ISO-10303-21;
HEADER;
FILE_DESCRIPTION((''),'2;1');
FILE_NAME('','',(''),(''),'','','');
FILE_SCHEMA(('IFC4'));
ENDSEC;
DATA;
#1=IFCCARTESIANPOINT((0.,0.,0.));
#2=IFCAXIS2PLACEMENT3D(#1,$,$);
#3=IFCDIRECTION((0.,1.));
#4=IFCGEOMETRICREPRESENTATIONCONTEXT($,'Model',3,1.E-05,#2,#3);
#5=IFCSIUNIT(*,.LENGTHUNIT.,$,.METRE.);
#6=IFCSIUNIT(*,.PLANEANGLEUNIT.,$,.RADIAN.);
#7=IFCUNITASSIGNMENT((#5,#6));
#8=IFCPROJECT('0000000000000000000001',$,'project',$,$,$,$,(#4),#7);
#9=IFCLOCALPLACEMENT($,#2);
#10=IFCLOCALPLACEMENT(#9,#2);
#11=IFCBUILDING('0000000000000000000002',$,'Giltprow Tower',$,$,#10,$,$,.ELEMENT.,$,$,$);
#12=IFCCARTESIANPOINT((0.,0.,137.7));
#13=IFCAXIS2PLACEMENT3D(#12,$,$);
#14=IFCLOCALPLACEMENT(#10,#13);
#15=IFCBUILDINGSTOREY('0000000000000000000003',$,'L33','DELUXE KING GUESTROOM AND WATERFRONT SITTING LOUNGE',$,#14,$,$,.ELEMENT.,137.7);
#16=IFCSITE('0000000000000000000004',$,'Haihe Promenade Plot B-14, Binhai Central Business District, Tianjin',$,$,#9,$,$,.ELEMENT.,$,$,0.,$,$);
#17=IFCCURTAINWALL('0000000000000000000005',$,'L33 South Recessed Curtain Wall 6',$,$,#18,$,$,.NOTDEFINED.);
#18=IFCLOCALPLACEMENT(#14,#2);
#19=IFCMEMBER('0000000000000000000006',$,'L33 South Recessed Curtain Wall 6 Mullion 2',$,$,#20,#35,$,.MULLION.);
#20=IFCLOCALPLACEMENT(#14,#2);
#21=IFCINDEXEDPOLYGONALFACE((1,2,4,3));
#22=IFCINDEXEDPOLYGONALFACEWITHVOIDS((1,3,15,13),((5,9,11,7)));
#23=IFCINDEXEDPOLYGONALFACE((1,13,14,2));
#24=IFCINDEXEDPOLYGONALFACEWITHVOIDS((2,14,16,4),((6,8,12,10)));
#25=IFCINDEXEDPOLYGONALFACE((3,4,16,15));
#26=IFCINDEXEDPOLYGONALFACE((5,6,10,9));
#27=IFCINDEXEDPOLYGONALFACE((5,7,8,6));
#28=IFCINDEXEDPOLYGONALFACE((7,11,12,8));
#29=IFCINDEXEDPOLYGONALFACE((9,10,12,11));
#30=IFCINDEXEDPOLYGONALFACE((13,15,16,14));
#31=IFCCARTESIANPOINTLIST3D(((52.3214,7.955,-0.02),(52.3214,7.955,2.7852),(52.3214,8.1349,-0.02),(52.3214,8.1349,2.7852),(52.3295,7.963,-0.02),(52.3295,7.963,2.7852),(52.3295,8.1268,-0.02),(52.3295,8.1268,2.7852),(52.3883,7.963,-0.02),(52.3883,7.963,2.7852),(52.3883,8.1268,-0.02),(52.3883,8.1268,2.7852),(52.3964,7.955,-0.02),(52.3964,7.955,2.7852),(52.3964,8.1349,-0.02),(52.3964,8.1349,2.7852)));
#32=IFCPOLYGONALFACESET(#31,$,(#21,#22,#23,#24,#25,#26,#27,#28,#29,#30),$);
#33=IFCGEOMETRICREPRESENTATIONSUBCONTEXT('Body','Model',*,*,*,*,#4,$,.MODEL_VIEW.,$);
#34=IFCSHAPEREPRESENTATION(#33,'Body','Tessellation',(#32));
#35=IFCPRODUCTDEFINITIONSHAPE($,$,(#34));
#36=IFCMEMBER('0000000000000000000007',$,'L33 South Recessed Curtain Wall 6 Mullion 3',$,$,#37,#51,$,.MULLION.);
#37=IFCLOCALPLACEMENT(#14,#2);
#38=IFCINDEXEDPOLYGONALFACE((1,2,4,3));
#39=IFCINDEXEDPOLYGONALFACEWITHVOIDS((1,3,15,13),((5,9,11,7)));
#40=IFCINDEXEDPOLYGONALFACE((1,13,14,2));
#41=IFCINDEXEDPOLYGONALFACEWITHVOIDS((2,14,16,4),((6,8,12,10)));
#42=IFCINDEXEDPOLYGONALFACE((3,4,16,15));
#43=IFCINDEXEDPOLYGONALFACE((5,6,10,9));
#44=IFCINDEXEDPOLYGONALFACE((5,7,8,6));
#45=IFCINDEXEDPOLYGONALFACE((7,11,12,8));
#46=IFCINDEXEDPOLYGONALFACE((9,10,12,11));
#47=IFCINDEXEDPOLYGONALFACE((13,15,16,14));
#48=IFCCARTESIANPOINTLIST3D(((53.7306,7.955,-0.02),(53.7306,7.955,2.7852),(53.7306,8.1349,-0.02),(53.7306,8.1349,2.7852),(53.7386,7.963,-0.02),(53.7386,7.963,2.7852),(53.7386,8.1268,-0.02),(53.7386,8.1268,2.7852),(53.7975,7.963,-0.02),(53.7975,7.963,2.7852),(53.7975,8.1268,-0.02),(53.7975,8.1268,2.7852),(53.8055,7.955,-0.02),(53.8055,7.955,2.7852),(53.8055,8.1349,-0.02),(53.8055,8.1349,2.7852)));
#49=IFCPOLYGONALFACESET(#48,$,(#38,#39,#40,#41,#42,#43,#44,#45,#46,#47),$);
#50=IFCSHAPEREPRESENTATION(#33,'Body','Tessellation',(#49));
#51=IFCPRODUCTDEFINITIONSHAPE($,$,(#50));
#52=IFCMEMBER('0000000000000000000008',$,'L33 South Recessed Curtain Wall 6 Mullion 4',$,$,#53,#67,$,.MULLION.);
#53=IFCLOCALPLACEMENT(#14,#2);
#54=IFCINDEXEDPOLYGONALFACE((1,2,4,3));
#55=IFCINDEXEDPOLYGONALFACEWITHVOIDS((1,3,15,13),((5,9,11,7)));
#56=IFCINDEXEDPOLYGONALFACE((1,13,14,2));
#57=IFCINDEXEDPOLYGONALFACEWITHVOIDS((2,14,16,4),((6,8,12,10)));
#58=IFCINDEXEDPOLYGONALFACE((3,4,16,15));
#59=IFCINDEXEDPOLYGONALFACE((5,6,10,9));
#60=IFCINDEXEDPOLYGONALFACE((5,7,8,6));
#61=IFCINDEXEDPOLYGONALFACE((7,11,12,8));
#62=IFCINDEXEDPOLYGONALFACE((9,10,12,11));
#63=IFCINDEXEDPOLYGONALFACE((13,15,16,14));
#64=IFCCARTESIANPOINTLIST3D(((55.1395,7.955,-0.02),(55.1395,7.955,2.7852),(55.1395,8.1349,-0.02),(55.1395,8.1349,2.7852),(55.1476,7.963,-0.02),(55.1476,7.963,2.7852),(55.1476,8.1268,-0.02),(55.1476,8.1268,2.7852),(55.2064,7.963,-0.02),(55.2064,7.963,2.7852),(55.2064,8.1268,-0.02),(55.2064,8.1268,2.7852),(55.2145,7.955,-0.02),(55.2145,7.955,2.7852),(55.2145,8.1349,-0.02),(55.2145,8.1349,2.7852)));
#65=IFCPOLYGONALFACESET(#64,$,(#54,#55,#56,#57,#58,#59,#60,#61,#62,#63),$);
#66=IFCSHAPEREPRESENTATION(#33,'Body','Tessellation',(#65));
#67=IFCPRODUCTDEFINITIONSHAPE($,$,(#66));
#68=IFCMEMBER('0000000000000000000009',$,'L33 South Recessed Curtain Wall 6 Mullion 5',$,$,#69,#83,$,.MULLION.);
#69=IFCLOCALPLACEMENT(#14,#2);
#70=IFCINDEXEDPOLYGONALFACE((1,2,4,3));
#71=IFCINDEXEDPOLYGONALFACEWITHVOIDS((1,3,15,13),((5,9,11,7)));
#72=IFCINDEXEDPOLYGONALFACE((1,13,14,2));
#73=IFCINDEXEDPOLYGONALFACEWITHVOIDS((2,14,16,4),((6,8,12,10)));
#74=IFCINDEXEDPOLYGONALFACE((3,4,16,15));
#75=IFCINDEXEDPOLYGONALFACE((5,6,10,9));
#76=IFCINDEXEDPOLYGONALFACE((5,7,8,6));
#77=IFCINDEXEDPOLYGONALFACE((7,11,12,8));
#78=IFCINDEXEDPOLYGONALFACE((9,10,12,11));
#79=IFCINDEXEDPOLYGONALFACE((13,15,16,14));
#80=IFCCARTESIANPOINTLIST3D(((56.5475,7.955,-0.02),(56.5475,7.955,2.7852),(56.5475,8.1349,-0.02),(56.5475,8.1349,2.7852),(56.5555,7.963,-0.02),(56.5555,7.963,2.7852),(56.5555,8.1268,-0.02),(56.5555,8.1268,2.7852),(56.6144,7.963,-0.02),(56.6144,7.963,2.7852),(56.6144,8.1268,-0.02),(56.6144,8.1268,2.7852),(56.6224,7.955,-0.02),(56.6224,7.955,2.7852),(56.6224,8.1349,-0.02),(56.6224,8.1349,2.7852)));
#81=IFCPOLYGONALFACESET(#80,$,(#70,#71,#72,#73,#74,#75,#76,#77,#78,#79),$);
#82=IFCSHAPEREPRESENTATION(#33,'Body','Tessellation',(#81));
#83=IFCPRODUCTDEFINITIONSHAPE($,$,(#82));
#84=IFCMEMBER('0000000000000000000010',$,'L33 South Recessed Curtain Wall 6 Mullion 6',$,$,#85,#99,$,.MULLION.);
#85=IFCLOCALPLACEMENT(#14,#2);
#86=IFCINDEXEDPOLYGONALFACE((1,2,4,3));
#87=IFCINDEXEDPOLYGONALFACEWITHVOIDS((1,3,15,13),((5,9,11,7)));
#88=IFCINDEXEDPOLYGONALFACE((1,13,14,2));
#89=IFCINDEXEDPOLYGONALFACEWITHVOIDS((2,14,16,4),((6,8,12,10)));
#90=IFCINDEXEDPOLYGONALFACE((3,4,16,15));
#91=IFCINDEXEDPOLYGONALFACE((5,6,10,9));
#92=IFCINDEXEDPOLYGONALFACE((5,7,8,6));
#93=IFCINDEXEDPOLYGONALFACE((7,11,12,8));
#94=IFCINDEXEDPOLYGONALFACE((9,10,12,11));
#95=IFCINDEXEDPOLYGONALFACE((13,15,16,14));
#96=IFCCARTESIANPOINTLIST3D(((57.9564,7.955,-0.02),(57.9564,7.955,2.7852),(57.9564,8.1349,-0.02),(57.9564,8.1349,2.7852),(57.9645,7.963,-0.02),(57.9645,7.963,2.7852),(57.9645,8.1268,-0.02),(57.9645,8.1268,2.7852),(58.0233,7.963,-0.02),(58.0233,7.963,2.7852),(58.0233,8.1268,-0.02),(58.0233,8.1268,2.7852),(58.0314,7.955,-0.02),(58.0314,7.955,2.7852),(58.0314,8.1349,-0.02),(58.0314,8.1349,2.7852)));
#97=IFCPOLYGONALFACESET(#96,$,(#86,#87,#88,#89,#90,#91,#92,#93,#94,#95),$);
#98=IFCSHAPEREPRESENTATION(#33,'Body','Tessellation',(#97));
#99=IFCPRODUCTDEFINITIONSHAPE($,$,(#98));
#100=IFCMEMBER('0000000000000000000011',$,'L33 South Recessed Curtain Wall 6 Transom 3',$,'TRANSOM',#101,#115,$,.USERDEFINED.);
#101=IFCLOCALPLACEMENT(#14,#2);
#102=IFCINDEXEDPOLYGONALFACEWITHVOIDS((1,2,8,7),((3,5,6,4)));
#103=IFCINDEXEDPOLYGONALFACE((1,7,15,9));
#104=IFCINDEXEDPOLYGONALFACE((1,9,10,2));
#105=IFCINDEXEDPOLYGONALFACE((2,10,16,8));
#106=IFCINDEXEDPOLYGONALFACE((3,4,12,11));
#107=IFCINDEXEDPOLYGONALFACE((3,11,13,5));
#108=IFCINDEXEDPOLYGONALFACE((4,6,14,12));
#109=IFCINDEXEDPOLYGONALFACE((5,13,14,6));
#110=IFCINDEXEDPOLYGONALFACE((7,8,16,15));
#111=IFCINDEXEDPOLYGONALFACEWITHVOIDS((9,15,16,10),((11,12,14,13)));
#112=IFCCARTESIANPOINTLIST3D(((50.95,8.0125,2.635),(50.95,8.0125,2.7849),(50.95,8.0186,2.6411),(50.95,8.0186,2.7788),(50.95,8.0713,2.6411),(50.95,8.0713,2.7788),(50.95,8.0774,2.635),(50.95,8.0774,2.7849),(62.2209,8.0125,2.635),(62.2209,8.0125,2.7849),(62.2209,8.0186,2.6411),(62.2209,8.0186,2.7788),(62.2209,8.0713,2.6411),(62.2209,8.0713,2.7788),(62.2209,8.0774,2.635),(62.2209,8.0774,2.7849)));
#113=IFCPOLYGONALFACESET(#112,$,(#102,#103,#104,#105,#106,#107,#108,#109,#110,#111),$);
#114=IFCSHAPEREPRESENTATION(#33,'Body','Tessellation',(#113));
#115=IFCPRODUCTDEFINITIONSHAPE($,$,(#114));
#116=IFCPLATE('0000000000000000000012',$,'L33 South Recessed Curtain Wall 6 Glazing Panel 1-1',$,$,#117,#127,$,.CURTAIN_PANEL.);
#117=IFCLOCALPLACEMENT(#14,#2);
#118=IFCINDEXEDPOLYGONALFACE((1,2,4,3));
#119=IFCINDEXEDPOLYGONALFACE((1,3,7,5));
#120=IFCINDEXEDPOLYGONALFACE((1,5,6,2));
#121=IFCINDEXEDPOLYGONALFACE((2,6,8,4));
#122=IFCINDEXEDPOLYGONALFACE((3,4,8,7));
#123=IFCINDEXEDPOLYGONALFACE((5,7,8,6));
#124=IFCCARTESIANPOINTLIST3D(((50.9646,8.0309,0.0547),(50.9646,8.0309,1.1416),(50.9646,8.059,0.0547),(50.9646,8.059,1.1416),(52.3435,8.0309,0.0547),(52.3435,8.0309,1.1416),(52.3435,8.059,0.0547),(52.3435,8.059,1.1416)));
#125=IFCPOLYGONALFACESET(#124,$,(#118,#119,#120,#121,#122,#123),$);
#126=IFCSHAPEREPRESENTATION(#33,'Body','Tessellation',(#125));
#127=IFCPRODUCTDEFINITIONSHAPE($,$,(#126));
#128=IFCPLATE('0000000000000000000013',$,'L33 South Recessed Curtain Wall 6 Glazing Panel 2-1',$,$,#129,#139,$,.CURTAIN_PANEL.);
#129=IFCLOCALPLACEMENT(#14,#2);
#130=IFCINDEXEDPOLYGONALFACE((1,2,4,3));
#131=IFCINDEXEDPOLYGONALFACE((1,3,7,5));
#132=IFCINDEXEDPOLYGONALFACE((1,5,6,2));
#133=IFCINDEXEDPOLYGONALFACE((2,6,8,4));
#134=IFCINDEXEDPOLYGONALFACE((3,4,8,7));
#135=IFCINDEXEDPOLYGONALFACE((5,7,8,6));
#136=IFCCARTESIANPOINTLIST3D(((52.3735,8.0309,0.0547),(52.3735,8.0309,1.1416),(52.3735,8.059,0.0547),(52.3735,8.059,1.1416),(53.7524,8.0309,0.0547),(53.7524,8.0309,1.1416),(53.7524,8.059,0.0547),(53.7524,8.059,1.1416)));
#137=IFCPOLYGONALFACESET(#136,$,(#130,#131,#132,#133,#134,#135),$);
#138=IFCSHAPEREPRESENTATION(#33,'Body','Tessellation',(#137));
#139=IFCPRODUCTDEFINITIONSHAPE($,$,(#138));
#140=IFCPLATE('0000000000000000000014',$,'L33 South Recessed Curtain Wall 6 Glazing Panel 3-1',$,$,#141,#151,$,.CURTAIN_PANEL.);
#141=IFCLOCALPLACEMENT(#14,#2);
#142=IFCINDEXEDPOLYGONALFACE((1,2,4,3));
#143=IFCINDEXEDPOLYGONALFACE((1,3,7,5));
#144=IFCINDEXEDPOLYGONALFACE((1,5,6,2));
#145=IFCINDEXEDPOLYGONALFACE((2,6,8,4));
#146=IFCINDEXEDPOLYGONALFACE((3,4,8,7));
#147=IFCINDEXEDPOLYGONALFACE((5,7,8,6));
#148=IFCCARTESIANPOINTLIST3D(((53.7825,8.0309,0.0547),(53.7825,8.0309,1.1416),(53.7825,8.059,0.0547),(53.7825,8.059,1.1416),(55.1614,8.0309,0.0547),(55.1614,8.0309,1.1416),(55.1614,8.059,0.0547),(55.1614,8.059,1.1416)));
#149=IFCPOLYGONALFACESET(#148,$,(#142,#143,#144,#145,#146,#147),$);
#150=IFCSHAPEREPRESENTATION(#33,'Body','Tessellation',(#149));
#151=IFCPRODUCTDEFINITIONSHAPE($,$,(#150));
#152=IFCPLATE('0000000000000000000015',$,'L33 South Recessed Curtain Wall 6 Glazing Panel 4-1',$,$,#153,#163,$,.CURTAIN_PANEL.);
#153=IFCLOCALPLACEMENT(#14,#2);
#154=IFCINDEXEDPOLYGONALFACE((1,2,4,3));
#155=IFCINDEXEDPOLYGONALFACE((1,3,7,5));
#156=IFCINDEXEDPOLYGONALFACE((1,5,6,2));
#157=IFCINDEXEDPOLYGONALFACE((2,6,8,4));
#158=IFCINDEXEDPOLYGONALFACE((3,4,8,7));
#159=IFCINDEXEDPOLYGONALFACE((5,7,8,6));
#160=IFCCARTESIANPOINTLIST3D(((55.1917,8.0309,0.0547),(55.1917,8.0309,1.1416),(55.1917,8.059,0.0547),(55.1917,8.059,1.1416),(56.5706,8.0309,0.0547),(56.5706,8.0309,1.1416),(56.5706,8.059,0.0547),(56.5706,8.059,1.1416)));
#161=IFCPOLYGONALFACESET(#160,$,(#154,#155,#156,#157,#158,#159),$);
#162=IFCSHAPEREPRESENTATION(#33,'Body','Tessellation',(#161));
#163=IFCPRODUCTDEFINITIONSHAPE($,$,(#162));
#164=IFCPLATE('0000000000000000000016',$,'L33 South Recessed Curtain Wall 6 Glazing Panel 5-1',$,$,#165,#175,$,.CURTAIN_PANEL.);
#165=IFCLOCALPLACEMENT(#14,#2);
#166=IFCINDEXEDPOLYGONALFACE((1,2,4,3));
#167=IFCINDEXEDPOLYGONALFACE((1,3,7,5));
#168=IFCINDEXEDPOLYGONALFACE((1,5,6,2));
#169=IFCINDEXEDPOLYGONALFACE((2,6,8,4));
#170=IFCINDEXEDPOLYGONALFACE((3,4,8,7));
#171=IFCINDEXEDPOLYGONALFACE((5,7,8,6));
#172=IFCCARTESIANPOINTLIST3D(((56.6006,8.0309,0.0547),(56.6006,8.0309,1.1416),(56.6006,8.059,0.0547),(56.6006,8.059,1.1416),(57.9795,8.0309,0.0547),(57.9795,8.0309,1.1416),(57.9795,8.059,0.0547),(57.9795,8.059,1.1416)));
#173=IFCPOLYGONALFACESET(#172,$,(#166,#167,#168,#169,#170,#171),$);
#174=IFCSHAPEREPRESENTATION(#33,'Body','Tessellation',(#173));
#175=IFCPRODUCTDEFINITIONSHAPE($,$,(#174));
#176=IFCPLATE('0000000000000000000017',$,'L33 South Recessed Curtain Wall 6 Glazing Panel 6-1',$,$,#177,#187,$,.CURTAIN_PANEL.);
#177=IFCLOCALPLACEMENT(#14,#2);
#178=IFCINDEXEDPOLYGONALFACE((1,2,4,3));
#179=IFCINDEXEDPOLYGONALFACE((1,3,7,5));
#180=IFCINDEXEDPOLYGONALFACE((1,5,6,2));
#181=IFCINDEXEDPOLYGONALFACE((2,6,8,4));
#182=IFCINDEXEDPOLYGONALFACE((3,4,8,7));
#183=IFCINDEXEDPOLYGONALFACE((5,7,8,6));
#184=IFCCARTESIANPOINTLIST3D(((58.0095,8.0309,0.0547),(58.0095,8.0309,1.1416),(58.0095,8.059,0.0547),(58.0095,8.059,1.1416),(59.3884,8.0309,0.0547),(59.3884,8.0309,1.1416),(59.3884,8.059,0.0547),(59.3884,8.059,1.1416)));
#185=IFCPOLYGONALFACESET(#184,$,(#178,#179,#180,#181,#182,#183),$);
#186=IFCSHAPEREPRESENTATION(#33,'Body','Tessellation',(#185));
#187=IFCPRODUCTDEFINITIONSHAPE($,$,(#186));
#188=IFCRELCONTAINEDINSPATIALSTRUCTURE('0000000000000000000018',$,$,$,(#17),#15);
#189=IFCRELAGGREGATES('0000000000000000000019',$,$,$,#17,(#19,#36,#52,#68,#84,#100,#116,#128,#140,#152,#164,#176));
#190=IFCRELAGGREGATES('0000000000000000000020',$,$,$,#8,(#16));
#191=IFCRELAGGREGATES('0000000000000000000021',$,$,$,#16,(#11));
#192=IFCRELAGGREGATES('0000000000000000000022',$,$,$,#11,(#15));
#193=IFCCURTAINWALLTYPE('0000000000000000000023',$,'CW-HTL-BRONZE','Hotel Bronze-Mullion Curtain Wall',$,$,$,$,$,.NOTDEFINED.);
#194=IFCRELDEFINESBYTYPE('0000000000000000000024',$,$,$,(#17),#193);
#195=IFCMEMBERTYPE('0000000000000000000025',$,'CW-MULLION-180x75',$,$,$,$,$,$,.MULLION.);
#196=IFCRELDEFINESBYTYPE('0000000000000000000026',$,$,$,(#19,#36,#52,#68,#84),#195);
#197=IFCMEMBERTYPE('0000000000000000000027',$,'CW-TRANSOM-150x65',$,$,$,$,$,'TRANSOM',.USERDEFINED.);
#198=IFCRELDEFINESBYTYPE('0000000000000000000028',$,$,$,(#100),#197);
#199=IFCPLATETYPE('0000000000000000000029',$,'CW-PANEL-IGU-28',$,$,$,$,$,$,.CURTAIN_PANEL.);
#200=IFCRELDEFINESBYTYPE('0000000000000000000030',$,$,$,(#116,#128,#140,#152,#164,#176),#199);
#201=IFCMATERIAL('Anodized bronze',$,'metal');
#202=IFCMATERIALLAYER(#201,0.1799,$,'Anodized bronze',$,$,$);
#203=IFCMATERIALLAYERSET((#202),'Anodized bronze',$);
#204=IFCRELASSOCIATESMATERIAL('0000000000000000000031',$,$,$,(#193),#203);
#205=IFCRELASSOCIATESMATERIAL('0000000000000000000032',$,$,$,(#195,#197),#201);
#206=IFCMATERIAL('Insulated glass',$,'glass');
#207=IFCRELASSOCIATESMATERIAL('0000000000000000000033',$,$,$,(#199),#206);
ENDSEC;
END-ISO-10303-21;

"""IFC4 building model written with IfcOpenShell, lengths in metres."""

from ifc_helpers import new_model, si_unit, direction, frame, origin, origin_2d, place, context, subcontext, project, spatial, rectangle, hollow_rectangle, extrude, source, transform, mapped, material, layer, layer_set, material_profile, profile_set, type_object, element, aggregate, save


model = new_model("IFC4")

# Units and contexts
model_context = context("Model", 3, precision=1e-05, world=origin(), true_north=direction((0.0, 1.0)))
body_context = subcontext(model_context, "Body", "Model", "MODEL_VIEW")
ifc_project = project(units=[si_unit("LENGTHUNIT", "METRE"), si_unit("PLANEANGLEUNIT", "RADIAN")], contexts=[model_context])

# Site, building, storey
site_placement = place(None, origin())
site = spatial("IfcSite", under=ifc_project, at=site_placement, Name="Haihe Promenade Plot B-14, Binhai Central Business District, Tianjin", CompositionType="ELEMENT", RefElevation=0.0)
building_placement = place(site_placement, origin())
building = spatial("IfcBuilding", under=site, at=building_placement, Name="Giltprow Tower", CompositionType="ELEMENT")
storey_placement = place(building_placement, frame((0.0, 0.0, 137.7)))
storey = spatial("IfcBuildingStorey", under=building, at=storey_placement, Name="L33", Description="DELUXE KING GUESTROOM AND WATERFRONT SITTING LOUNGE", CompositionType="ELEMENT", Elevation=137.7)

# Curtain wall, members, plates
ifc_material_1 = material(Name="Anodized bronze", Category="metal")
ifc_layer = layer(ifc_material_1, 0.1799, Name="Anodized bronze")
ifc_layer_set = layer_set([ifc_layer], Name="Anodized bronze")
curtain_wall_type = type_object("IfcCurtainWallType", Name="CW-HTL-BRONZE", Description="Hotel Bronze-Mullion Curtain Wall", PredefinedType="NOTDEFINED", material=ifc_layer_set)
curtain_wall_placement = place(storey_placement, origin())
curtain_wall = element("IfcCurtainWall", 1, at=curtain_wall_placement, inside=storey, type_object=curtain_wall_type, Name="L33 South Recessed Curtain Wall 6", PredefinedType="NOTDEFINED")
ifc_material_profile_1 = material_profile(ifc_material_1, hollow_rectangle(XDim=0.075, YDim=0.1799, WallThickness=0.0081, at=origin_2d()), Name="RHS 180x75x8")
ifc_profile_set_1 = profile_set([ifc_material_profile_1], Name="Anodized bronze")
member_type_1 = type_object("IfcMemberType", Name="CW-MULLION-180x75", PredefinedType="MULLION", material=ifc_profile_set_1)
shared_shape_1 = source(origin(), body_context, "Body", "SweptSolid", [
    extrude(hollow_rectangle(XDim=0.075, YDim=0.1799, WallThickness=0.0081, at=origin_2d()), origin(), (0.0, 0.0, 1.0), 2.8052),
])
member_1_placement = place(storey_placement, frame((52.3589, 8.0449, -0.02), z_axis=(0.0, 0.0, 1.0), x_axis=(1.0, 0.0, 0.0)))
member_1 = element("IfcMember", 2, at=member_1_placement, type_object=member_type_1, Name="L33 South Recessed Curtain Wall 6 Mullion 2", PredefinedType="MULLION", context=body_context, shape_type="MappedRepresentation", body=[
    mapped(shared_shape_1, transform((0.0, 0.0, 0.0), x_axis=(1.0, 0.0, 0.0), y_axis=(0.0, 1.0, 0.0), z_axis=(0.0, 0.0, 1.0), scale=1.0)),
])
member_2_placement = place(storey_placement, frame((53.7681, 8.0449, -0.02), z_axis=(0.0, 0.0, 1.0), x_axis=(1.0, 0.0, 0.0)))
member_2 = element("IfcMember", 3, at=member_2_placement, type_object=member_type_1, Name="L33 South Recessed Curtain Wall 6 Mullion 3", PredefinedType="MULLION", context=body_context, shape_type="MappedRepresentation", body=[
    mapped(shared_shape_1, transform((0.0, 0.0, 0.0), x_axis=(1.0, 0.0, 0.0), y_axis=(0.0, 1.0, 0.0), z_axis=(0.0, 0.0, 1.0), scale=1.0)),
])
member_3_placement = place(storey_placement, frame((55.177, 8.0449, -0.02), z_axis=(0.0, 0.0, 1.0), x_axis=(1.0, 0.0, 0.0)))
member_3 = element("IfcMember", 4, at=member_3_placement, type_object=member_type_1, Name="L33 South Recessed Curtain Wall 6 Mullion 4", PredefinedType="MULLION", context=body_context, shape_type="MappedRepresentation", body=[
    mapped(shared_shape_1, transform((0.0, 0.0, 0.0), x_axis=(1.0, 0.0, 0.0), y_axis=(0.0, 1.0, 0.0), z_axis=(0.0, 0.0, 1.0), scale=1.0)),
])
member_4_placement = place(storey_placement, frame((56.585, 8.0449, -0.02), z_axis=(0.0, 0.0, 1.0), x_axis=(1.0, 0.0, 0.0)))
member_4 = element("IfcMember", 5, at=member_4_placement, type_object=member_type_1, Name="L33 South Recessed Curtain Wall 6 Mullion 5", PredefinedType="MULLION", context=body_context, shape_type="MappedRepresentation", body=[
    mapped(shared_shape_1, transform((0.0, 0.0, 0.0), x_axis=(1.0, 0.0, 0.0), y_axis=(0.0, 1.0, 0.0), z_axis=(0.0, 0.0, 1.0), scale=1.0)),
])
member_5_placement = place(storey_placement, frame((57.9939, 8.0449, -0.02), z_axis=(0.0, 0.0, 1.0), x_axis=(1.0, 0.0, 0.0)))
member_5 = element("IfcMember", 6, at=member_5_placement, type_object=member_type_1, Name="L33 South Recessed Curtain Wall 6 Mullion 6", PredefinedType="MULLION", context=body_context, shape_type="MappedRepresentation", body=[
    mapped(shared_shape_1, transform((0.0, 0.0, 0.0), x_axis=(1.0, 0.0, 0.0), y_axis=(0.0, 1.0, 0.0), z_axis=(0.0, 0.0, 1.0), scale=1.0)),
])
ifc_material_profile_2 = material_profile(ifc_material_1, hollow_rectangle(XDim=0.0649, YDim=0.1499, WallThickness=0.0061, at=origin_2d()), Name="RHS 150x65x6")
ifc_profile_set_2 = profile_set([ifc_material_profile_2], Name="Anodized bronze")
member_type_2 = type_object("IfcMemberType", Name="CW-TRANSOM-150x65", ElementType="TRANSOM", PredefinedType="USERDEFINED", material=ifc_profile_set_2)
shared_shape_2 = source(origin(), body_context, "Body", "SweptSolid", [
    extrude(hollow_rectangle(XDim=0.0649, YDim=0.1499, WallThickness=0.0061, at=origin_2d()), origin(), (0.0, 0.0, 1.0), 11.271),
])
member_6_placement = place(storey_placement, frame((50.95, 8.0449, 2.71), z_axis=(1.0, 0.0, 0.0), x_axis=(0.0, 1.0, 0.0)))
member_6 = element("IfcMember", 7, at=member_6_placement, type_object=member_type_2, Name="L33 South Recessed Curtain Wall 6 Transom 3", ObjectType="TRANSOM", PredefinedType="USERDEFINED", context=body_context, shape_type="MappedRepresentation", body=[
    mapped(shared_shape_2, transform((0.0, 0.0, 0.0), x_axis=(1.0, 0.0, 0.0), y_axis=(0.0, 1.0, 0.0), z_axis=(0.0, 0.0, 1.0), scale=1.0)),
])
ifc_material_2 = material(Name="Insulated glass", Category="glass")
plate_type = type_object("IfcPlateType", Name="CW-PANEL-IGU-28", PredefinedType="CURTAIN_PANEL", material=ifc_material_2)
shared_shape_3 = source(origin(), body_context, "Body", "SweptSolid", [
    extrude(rectangle(XDim=1.3789, YDim=0.0281, at=origin_2d()), origin(), (0.0, 0.0, 1.0), 1.0869),
])
plate_1_placement = place(storey_placement, frame((51.6541, 8.0449, 0.0547), z_axis=(0.0, 0.0, 1.0), x_axis=(1.0, 0.0, 0.0)))
plate_1 = element("IfcPlate", 8, at=plate_1_placement, type_object=plate_type, Name="L33 South Recessed Curtain Wall 6 Glazing Panel 1-1", PredefinedType="CURTAIN_PANEL", context=body_context, shape_type="MappedRepresentation", body=[
    mapped(shared_shape_3, transform((0.0, 0.0, 0.0), x_axis=(1.0, 0.0, 0.0), y_axis=(0.0, 1.0, 0.0), z_axis=(0.0, 0.0, 1.0), scale=1.0)),
])
plate_2_placement = place(storey_placement, frame((53.063, 8.0449, 0.0547), z_axis=(0.0, 0.0, 1.0), x_axis=(1.0, 0.0, 0.0)))
plate_2 = element("IfcPlate", 9, at=plate_2_placement, type_object=plate_type, Name="L33 South Recessed Curtain Wall 6 Glazing Panel 2-1", PredefinedType="CURTAIN_PANEL", context=body_context, shape_type="MappedRepresentation", body=[
    mapped(shared_shape_3, transform((0.0, 0.0, 0.0), x_axis=(1.0, 0.0, 0.0), y_axis=(0.0, 1.0, 0.0), z_axis=(0.0, 0.0, 1.0), scale=1.0)),
])
plate_3_placement = place(storey_placement, frame((54.4719, 8.0449, 0.0547), z_axis=(0.0, 0.0, 1.0), x_axis=(1.0, 0.0, 0.0)))
plate_3 = element("IfcPlate", 10, at=plate_3_placement, type_object=plate_type, Name="L33 South Recessed Curtain Wall 6 Glazing Panel 3-1", PredefinedType="CURTAIN_PANEL", context=body_context, shape_type="MappedRepresentation", body=[
    mapped(shared_shape_3, transform((0.0, 0.0, 0.0), x_axis=(1.0, 0.0, 0.0), y_axis=(0.0, 1.0, 0.0), z_axis=(0.0, 0.0, 1.0), scale=1.0)),
])
plate_4_placement = place(storey_placement, frame((55.8811, 8.0449, 0.0547), z_axis=(0.0, 0.0, 1.0), x_axis=(1.0, 0.0, 0.0)))
plate_4 = element("IfcPlate", 11, at=plate_4_placement, type_object=plate_type, Name="L33 South Recessed Curtain Wall 6 Glazing Panel 4-1", PredefinedType="CURTAIN_PANEL", context=body_context, shape_type="MappedRepresentation", body=[
    mapped(shared_shape_3, transform((0.0, 0.0, 0.0), x_axis=(1.0, 0.0, 0.0), y_axis=(0.0, 1.0, 0.0), z_axis=(0.0, 0.0, 1.0), scale=1.0)),
])
plate_5_placement = place(storey_placement, frame((57.29, 8.0449, 0.0547), z_axis=(0.0, 0.0, 1.0), x_axis=(1.0, 0.0, 0.0)))
plate_5 = element("IfcPlate", 12, at=plate_5_placement, type_object=plate_type, Name="L33 South Recessed Curtain Wall 6 Glazing Panel 5-1", PredefinedType="CURTAIN_PANEL", context=body_context, shape_type="MappedRepresentation", body=[
    mapped(shared_shape_3, transform((0.0, 0.0, 0.0), x_axis=(1.0, 0.0, 0.0), y_axis=(0.0, 1.0, 0.0), z_axis=(0.0, 0.0, 1.0), scale=1.0)),
])
plate_6_placement = place(storey_placement, frame((58.699, 8.0449, 0.0547), z_axis=(0.0, 0.0, 1.0), x_axis=(1.0, 0.0, 0.0)))
plate_6 = element("IfcPlate", 13, at=plate_6_placement, type_object=plate_type, Name="L33 South Recessed Curtain Wall 6 Glazing Panel 6-1", PredefinedType="CURTAIN_PANEL", context=body_context, shape_type="MappedRepresentation", body=[
    mapped(shared_shape_3, transform((0.0, 0.0, 0.0), x_axis=(1.0, 0.0, 0.0), y_axis=(0.0, 1.0, 0.0), z_axis=(0.0, 0.0, 1.0), scale=1.0)),
])
aggregate(curtain_wall, [member_1, member_2, member_3, member_4, member_5, member_6, plate_1, plate_2, plate_3, plate_4, plate_5, plate_6])

save(model, "model.ifc")
